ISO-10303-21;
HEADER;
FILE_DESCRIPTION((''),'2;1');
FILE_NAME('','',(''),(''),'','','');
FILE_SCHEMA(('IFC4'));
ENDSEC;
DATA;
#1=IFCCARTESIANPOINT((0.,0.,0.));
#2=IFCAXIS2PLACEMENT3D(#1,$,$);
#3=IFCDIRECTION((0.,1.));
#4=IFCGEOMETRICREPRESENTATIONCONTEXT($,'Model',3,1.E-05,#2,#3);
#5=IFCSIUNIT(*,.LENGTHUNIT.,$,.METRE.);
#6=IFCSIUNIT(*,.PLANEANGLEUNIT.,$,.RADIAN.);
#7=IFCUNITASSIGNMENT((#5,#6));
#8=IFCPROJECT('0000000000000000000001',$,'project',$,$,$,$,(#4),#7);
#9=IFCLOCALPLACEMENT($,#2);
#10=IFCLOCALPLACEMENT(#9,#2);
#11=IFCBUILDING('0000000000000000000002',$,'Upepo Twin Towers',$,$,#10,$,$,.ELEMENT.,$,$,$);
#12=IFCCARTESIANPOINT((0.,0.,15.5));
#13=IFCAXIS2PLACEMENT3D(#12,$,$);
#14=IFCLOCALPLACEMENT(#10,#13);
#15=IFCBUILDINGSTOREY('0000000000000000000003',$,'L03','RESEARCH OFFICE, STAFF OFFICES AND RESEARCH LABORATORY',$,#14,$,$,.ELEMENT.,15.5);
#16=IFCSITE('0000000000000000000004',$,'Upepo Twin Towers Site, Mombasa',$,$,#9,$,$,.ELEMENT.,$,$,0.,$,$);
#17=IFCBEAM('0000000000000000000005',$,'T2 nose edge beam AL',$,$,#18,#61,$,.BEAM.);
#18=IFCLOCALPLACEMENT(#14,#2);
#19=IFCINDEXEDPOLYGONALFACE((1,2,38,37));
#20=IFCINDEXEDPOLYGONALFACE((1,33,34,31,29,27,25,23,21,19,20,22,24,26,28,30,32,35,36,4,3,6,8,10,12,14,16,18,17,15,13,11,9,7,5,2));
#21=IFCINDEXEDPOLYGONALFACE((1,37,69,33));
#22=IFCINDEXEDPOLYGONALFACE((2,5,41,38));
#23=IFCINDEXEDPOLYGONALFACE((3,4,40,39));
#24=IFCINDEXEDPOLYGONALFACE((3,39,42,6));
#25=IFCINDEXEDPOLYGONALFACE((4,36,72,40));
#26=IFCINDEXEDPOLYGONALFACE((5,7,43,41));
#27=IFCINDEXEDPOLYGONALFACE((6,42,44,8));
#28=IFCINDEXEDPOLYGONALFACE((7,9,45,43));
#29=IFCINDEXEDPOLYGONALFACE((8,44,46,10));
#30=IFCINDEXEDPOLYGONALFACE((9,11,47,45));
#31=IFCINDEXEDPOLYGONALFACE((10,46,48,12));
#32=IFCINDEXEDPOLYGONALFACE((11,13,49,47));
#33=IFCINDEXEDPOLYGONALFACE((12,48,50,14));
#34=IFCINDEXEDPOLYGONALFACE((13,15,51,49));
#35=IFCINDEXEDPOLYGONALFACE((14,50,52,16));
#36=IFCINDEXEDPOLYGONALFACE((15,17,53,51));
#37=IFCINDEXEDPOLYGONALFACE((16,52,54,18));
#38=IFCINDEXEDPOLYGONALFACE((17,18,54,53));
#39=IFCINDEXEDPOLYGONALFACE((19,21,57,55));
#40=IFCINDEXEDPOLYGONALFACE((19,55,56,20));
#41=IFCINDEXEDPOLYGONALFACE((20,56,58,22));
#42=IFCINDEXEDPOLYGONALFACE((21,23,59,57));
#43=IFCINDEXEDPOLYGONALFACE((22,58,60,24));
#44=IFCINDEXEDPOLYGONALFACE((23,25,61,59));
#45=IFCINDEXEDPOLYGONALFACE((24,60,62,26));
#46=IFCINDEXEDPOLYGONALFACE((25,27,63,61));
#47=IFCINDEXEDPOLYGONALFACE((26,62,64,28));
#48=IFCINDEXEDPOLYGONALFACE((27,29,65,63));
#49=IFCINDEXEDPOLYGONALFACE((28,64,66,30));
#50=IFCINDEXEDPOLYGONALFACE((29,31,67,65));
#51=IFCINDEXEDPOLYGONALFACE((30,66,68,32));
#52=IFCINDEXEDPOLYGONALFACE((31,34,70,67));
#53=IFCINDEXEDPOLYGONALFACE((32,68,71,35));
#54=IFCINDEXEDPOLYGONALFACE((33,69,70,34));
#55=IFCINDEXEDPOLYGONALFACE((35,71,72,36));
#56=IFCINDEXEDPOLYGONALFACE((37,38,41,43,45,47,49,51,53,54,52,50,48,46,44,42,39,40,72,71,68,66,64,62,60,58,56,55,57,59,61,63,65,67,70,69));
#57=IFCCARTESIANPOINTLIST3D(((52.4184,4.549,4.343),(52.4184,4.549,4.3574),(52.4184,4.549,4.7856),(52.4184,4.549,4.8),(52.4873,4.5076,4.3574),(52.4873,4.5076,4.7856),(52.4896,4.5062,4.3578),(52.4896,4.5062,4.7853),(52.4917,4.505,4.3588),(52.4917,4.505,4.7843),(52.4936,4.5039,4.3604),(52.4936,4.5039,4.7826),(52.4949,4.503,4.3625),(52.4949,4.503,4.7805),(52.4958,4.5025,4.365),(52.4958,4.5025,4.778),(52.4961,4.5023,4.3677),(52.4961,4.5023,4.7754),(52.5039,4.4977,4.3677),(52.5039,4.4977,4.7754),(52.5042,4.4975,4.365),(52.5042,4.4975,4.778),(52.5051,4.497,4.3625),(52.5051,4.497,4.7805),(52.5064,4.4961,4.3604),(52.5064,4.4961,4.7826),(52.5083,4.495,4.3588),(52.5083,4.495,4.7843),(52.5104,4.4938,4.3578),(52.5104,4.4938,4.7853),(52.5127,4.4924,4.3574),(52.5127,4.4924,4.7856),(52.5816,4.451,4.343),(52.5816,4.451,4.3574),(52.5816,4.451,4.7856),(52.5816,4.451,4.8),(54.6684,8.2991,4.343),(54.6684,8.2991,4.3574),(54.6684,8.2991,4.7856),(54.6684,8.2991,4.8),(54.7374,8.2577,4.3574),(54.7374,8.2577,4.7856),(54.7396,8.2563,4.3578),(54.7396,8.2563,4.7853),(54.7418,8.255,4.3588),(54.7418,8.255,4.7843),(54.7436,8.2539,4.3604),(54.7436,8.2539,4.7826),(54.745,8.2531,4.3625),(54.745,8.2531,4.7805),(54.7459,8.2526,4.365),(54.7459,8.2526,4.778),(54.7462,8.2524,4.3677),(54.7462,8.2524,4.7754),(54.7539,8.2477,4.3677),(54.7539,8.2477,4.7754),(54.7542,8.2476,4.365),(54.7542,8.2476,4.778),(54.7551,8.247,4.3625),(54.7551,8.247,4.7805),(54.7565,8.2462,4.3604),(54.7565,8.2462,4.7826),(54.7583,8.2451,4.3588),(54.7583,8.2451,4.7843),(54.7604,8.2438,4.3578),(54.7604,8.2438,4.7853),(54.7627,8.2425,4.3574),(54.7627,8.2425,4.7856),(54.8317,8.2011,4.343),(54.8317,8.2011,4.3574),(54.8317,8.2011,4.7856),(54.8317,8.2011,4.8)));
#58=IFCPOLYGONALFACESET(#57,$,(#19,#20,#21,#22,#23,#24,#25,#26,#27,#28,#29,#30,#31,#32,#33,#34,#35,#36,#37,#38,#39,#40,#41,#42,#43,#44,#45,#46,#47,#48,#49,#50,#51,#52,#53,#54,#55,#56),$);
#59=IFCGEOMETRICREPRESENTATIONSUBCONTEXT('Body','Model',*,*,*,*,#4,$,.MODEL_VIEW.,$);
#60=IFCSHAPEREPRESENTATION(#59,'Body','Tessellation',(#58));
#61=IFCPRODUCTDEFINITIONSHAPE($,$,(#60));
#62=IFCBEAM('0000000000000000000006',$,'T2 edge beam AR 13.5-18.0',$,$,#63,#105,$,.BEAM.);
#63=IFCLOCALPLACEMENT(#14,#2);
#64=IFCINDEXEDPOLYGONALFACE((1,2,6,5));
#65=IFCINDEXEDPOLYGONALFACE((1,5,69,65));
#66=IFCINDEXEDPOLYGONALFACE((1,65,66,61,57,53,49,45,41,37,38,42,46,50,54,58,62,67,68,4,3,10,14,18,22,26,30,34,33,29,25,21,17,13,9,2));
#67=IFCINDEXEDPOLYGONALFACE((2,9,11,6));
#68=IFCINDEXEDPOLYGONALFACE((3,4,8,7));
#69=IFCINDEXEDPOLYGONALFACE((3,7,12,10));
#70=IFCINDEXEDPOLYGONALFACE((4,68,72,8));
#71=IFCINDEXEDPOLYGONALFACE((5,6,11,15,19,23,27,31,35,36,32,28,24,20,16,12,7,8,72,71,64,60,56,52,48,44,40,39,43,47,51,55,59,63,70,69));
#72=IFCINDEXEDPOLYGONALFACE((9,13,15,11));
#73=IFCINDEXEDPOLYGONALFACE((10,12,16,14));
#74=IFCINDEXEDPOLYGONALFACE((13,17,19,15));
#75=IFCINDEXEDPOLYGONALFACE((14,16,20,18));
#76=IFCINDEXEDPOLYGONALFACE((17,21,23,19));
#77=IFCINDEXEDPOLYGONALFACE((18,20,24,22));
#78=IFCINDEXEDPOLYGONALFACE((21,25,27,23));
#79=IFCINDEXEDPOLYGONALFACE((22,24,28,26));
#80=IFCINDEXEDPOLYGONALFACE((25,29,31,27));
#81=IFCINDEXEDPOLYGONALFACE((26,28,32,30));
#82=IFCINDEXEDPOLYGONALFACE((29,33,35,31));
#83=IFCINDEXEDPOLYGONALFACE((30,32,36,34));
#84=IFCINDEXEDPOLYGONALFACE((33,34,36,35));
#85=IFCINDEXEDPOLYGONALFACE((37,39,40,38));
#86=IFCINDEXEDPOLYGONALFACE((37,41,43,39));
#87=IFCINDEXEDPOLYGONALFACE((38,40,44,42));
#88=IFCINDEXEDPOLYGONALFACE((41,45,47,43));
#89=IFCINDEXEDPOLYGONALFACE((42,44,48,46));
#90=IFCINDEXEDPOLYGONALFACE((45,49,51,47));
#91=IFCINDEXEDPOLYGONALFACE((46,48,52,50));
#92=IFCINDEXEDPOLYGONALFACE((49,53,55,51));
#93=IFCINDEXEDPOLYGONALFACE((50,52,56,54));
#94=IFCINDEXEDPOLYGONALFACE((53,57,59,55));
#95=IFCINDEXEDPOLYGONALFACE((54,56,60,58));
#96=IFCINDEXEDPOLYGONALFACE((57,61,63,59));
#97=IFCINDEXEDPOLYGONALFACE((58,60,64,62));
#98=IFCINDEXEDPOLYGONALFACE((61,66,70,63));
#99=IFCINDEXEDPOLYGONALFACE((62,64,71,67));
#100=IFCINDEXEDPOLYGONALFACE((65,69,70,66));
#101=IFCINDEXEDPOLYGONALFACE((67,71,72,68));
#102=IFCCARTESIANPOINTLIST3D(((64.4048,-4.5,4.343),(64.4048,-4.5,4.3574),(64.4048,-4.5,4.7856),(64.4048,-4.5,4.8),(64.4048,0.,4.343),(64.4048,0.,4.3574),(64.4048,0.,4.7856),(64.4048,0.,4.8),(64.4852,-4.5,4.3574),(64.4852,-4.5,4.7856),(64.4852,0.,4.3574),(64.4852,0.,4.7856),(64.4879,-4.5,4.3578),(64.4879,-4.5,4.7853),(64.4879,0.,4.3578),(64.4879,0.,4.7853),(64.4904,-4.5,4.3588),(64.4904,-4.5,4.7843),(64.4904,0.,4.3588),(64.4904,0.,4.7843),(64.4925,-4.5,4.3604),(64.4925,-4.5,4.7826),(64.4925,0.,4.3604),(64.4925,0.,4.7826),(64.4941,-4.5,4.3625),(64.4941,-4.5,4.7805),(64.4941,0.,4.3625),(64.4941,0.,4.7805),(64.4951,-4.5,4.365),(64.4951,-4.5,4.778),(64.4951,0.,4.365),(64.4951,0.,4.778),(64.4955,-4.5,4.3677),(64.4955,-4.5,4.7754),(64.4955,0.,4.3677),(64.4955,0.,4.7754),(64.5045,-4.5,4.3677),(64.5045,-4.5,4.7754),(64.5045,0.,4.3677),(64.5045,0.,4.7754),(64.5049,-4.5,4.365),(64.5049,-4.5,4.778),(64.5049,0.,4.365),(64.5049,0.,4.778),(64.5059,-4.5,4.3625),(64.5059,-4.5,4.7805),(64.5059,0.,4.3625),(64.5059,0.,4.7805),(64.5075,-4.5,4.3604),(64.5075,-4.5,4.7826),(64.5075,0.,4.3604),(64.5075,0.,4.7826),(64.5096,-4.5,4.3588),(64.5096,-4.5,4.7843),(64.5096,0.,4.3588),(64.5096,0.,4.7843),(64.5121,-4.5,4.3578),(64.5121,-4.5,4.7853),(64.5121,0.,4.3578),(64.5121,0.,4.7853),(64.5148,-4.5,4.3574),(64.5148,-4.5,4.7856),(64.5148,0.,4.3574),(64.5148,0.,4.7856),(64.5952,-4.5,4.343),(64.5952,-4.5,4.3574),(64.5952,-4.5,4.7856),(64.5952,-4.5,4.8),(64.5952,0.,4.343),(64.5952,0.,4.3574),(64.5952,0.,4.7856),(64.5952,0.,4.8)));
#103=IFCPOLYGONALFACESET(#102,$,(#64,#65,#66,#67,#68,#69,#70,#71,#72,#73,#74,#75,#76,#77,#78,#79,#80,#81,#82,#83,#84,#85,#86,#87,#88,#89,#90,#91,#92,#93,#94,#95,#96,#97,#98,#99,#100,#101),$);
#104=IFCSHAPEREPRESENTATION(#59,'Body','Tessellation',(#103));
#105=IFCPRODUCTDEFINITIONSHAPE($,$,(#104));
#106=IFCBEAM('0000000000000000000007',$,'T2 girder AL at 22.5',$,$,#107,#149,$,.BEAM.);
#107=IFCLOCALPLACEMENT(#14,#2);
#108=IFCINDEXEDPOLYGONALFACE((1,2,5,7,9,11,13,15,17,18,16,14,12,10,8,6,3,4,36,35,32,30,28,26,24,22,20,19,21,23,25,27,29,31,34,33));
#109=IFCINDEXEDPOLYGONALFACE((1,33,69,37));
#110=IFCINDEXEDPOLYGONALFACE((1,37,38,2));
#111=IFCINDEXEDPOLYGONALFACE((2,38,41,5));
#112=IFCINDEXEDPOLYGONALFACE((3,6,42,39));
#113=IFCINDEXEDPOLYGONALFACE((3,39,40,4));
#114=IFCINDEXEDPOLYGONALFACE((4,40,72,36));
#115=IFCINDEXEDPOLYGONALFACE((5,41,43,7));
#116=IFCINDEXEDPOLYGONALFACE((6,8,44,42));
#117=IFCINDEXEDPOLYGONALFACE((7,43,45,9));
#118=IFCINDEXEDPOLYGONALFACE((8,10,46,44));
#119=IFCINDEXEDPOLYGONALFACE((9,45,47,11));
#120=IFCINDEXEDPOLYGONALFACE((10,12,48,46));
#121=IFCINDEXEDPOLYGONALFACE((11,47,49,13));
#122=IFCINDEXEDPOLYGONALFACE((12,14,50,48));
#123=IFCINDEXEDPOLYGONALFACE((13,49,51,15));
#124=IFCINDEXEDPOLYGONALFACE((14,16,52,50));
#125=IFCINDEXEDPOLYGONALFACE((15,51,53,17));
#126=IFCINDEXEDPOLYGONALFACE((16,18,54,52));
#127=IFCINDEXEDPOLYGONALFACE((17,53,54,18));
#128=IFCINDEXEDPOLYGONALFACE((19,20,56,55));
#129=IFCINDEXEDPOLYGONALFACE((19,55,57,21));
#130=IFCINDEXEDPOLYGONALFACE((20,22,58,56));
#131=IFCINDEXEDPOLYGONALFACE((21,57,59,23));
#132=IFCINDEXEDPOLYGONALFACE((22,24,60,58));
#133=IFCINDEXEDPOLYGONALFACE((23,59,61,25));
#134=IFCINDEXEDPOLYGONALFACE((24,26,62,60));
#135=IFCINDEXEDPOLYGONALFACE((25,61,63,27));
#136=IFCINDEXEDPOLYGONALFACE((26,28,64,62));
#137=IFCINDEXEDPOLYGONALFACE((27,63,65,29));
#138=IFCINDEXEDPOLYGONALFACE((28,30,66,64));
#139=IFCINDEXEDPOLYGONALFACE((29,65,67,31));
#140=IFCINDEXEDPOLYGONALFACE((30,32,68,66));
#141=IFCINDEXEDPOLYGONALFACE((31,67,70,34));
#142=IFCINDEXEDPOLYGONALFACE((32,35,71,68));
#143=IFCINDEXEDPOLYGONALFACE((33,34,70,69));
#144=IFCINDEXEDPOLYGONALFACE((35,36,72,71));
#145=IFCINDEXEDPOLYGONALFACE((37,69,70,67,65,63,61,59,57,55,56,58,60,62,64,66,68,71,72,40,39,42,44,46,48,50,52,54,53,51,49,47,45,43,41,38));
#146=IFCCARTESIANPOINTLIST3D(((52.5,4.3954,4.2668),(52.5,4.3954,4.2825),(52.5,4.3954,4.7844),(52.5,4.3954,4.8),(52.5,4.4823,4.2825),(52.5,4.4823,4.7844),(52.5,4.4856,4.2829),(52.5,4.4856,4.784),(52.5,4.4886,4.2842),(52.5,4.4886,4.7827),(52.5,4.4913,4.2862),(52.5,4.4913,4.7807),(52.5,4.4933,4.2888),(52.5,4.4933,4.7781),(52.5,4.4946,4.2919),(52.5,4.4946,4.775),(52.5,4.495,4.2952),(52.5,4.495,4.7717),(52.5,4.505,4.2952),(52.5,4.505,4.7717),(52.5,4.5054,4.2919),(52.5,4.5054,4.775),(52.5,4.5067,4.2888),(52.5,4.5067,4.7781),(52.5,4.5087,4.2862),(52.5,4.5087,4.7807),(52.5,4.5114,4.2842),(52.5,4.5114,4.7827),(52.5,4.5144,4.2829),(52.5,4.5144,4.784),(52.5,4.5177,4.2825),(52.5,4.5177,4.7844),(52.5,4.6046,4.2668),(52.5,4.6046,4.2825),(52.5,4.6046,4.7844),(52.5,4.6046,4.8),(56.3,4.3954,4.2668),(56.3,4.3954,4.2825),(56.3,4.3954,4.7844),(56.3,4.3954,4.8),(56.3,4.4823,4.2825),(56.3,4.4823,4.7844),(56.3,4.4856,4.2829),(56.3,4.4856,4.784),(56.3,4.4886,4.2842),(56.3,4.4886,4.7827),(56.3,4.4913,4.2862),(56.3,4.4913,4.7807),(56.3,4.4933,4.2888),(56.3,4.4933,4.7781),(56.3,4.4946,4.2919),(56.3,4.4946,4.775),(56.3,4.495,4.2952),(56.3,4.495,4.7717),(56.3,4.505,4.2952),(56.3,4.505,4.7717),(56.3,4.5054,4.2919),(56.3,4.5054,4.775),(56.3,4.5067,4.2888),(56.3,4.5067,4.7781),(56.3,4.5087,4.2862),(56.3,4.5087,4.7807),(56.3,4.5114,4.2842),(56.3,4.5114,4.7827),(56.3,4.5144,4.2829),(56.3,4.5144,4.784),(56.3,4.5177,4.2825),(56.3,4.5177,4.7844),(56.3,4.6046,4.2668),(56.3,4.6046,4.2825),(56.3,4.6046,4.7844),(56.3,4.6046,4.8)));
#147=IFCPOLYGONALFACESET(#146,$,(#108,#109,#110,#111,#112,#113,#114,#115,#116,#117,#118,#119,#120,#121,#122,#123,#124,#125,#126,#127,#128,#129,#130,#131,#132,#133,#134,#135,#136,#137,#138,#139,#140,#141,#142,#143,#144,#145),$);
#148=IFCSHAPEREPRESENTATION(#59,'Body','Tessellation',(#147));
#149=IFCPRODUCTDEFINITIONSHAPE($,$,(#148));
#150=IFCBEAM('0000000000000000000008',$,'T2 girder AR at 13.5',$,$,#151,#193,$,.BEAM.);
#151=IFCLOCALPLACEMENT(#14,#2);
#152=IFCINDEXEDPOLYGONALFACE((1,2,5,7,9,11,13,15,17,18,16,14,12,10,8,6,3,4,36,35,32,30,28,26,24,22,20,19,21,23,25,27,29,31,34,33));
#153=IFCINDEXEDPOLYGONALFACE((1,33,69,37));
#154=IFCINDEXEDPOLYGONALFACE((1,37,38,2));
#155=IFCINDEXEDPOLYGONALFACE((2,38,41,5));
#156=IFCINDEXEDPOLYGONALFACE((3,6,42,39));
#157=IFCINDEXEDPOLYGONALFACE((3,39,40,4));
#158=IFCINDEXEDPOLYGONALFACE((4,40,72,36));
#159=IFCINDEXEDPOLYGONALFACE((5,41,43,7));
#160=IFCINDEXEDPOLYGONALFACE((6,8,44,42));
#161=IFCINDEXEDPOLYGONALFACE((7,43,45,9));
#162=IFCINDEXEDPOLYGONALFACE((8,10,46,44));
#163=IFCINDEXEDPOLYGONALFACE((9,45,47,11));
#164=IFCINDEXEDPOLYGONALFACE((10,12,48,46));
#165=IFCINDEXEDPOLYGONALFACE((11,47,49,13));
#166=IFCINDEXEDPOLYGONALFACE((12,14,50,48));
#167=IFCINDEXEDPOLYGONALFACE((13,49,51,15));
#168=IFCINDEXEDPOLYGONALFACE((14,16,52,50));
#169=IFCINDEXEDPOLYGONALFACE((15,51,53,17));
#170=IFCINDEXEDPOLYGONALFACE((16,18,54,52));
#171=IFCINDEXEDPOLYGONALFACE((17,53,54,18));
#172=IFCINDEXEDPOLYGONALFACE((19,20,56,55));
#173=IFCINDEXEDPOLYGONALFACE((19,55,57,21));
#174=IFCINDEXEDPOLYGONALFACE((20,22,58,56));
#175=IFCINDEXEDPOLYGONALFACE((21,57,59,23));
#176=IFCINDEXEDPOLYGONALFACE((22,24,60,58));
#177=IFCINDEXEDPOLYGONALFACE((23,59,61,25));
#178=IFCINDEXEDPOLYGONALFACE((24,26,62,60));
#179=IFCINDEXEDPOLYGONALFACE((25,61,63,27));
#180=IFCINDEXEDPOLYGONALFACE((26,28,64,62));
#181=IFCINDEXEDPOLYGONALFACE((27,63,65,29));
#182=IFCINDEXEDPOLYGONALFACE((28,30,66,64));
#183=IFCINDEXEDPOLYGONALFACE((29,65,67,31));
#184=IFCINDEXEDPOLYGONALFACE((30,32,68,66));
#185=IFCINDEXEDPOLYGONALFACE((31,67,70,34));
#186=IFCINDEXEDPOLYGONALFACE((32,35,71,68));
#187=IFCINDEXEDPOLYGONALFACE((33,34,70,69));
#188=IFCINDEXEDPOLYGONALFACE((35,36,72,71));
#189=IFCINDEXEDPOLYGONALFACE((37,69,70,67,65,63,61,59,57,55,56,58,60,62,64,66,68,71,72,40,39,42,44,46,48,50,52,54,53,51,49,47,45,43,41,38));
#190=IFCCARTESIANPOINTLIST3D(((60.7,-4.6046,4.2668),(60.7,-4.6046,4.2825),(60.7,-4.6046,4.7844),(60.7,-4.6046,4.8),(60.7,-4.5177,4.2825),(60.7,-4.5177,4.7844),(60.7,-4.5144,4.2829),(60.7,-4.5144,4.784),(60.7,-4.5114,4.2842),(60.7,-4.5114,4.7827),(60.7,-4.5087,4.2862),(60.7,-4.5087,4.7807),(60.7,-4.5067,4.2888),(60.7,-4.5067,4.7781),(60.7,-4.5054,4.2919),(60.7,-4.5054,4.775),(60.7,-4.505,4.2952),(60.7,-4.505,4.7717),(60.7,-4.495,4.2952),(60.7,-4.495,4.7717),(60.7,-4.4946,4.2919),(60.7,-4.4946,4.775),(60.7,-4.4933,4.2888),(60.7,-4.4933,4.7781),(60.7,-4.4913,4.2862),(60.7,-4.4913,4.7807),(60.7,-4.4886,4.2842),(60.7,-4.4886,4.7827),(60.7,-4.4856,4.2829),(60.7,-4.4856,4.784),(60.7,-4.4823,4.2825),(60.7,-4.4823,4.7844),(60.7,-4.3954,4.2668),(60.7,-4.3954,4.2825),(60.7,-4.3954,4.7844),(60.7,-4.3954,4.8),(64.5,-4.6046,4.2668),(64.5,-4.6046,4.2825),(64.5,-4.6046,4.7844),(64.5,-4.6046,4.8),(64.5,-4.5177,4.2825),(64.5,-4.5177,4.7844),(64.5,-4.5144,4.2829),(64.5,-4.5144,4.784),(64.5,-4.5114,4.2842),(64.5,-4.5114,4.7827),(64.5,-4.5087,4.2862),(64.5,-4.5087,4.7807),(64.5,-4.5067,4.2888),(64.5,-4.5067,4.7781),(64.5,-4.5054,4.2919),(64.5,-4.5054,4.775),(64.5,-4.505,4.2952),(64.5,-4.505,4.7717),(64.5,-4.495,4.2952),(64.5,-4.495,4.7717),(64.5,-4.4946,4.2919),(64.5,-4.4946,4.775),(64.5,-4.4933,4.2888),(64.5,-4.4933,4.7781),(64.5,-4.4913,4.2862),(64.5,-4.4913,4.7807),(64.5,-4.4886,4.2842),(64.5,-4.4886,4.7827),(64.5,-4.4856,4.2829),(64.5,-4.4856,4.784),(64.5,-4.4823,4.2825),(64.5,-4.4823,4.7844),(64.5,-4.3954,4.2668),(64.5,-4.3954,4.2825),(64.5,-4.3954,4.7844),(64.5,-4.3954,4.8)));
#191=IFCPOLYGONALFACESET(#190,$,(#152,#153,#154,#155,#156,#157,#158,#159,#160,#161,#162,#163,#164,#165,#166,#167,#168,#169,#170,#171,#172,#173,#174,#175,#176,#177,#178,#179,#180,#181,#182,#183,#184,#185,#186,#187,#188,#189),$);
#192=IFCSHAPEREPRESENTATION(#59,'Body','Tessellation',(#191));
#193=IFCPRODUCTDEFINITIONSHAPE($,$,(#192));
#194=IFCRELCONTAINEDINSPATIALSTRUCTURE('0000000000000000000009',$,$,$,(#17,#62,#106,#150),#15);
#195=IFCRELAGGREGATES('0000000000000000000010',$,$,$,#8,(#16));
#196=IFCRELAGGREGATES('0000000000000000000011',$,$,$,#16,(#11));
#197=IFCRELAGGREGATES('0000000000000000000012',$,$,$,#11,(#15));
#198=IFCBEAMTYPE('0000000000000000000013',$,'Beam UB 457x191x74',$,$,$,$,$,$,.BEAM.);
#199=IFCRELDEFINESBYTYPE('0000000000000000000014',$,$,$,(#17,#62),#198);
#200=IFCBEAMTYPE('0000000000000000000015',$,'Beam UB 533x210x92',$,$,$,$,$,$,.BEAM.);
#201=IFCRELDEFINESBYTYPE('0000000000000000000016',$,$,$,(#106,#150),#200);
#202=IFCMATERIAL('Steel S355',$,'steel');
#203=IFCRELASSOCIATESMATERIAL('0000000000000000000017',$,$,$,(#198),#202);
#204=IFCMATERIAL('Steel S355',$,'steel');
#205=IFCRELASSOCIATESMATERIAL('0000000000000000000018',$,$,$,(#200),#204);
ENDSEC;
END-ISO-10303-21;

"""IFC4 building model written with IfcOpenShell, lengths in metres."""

from ifc_helpers import new_model, si_unit, direction, frame, origin, origin_2d, place, context, subcontext, project, spatial, i_section, extrude, material, material_profile, profile_set, type_object, element, save


model = new_model("IFC4")

# Units and contexts
model_context = context("Model", 3, precision=1e-05, world=origin(), true_north=direction((0.0, 1.0)))
body_context = subcontext(model_context, "Body", "Model", "MODEL_VIEW")
ifc_project = project(units=[si_unit("LENGTHUNIT", "METRE"), si_unit("PLANEANGLEUNIT", "RADIAN")], contexts=[model_context])

# Site, building, storey
site_placement = place(None, origin())
site = spatial("IfcSite", under=ifc_project, at=site_placement, Name="Upepo Twin Towers Site, Mombasa", CompositionType="ELEMENT", RefElevation=0.0)
building_placement = place(site_placement, origin())
building = spatial("IfcBuilding", under=site, at=building_placement, Name="Upepo Twin Towers", CompositionType="ELEMENT")
storey_placement = place(building_placement, frame((0.0, 0.0, 15.5)))
storey = spatial("IfcBuildingStorey", under=building, at=storey_placement, Name="L03", Description="RESEARCH OFFICE, STAFF OFFICES AND RESEARCH LABORATORY", CompositionType="ELEMENT", Elevation=15.5)

# Beams
ifc_material_1 = material(Name="Steel S355", Category="steel")
ifc_material_profile_1 = material_profile(ifc_material_1, i_section(OverallWidth=0.1904, OverallDepth=0.457, WebThickness=0.009, FlangeThickness=0.0144, FilletRadius=0.0103, at=origin_2d()), Name="UB 457x191x74")
ifc_profile_set_1 = profile_set([ifc_material_profile_1], Name="Steel S355")
beam_type_1 = type_object("IfcBeamType", Name="Beam UB 457x191x74", PredefinedType="BEAM", material=ifc_profile_set_1)
beam_1_placement = place(storey_placement, frame((52.5, 4.5, 4.5715), z_axis=(0.514496, 0.857493, 0.0), x_axis=(-0.857493, 0.514496, 0.0)))
element("IfcBeam", 1, at=beam_1_placement, inside=storey, type_object=beam_type_1, Name="T2 nose edge beam AL", PredefinedType="BEAM", context=body_context, shape_type="SweptSolid", body=[
    extrude(i_section(OverallWidth=0.1904, OverallDepth=0.457, WebThickness=0.009, FlangeThickness=0.0144, FilletRadius=0.0103, at=origin_2d()), origin(), (0.0, 0.0, 1.0), 4.3733),
])
beam_2_placement = place(storey_placement, frame((64.5, -4.5, 4.5715), z_axis=(0.0, 1.0, 0.0), x_axis=(-1.0, 0.0, 0.0)))
element("IfcBeam", 2, at=beam_2_placement, inside=storey, type_object=beam_type_1, Name="T2 edge beam AR 13.5-18.0", PredefinedType="BEAM", context=body_context, shape_type="SweptSolid", body=[
    extrude(i_section(OverallWidth=0.1904, OverallDepth=0.457, WebThickness=0.009, FlangeThickness=0.0144, FilletRadius=0.0103, at=origin_2d()), origin(), (0.0, 0.0, 1.0), 4.5),
])
ifc_material_2 = material(Name="Steel S355", Category="steel")
ifc_material_profile_2 = material_profile(ifc_material_2, i_section(OverallWidth=0.2092, OverallDepth=0.5332, WebThickness=0.01, FlangeThickness=0.0156, FilletRadius=0.0127, at=origin_2d()), Name="UB 533x210x92")
ifc_profile_set_2 = profile_set([ifc_material_profile_2], Name="Steel S355")
beam_type_2 = type_object("IfcBeamType", Name="Beam UB 533x210x92", PredefinedType="BEAM", material=ifc_profile_set_2)
for number, where, z_axis, x_axis, name in (
    (3, (52.5, 4.5, 4.5334), (1.0, 0.0, 0.0), (0.0, 1.0, 0.0), "T2 girder AL at 22.5"),
    (4, (64.5, -4.5, 4.5334), (-1.0, 0.0, 0.0), (0.0, -1.0, 0.0), "T2 girder AR at 13.5"),
):
    element("IfcBeam", number, at=place(storey_placement, frame(where, z_axis=z_axis, x_axis=x_axis)), inside=storey, type_object=beam_type_2, Name=name, PredefinedType="BEAM", context=body_context, shape_type="SweptSolid", body=[
        extrude(i_section(OverallWidth=0.2092, OverallDepth=0.5332, WebThickness=0.01, FlangeThickness=0.0156, FilletRadius=0.0127, at=origin_2d()), origin(), (0.0, 0.0, 1.0), 3.8),
    ])

save(model, "model.ifc")
